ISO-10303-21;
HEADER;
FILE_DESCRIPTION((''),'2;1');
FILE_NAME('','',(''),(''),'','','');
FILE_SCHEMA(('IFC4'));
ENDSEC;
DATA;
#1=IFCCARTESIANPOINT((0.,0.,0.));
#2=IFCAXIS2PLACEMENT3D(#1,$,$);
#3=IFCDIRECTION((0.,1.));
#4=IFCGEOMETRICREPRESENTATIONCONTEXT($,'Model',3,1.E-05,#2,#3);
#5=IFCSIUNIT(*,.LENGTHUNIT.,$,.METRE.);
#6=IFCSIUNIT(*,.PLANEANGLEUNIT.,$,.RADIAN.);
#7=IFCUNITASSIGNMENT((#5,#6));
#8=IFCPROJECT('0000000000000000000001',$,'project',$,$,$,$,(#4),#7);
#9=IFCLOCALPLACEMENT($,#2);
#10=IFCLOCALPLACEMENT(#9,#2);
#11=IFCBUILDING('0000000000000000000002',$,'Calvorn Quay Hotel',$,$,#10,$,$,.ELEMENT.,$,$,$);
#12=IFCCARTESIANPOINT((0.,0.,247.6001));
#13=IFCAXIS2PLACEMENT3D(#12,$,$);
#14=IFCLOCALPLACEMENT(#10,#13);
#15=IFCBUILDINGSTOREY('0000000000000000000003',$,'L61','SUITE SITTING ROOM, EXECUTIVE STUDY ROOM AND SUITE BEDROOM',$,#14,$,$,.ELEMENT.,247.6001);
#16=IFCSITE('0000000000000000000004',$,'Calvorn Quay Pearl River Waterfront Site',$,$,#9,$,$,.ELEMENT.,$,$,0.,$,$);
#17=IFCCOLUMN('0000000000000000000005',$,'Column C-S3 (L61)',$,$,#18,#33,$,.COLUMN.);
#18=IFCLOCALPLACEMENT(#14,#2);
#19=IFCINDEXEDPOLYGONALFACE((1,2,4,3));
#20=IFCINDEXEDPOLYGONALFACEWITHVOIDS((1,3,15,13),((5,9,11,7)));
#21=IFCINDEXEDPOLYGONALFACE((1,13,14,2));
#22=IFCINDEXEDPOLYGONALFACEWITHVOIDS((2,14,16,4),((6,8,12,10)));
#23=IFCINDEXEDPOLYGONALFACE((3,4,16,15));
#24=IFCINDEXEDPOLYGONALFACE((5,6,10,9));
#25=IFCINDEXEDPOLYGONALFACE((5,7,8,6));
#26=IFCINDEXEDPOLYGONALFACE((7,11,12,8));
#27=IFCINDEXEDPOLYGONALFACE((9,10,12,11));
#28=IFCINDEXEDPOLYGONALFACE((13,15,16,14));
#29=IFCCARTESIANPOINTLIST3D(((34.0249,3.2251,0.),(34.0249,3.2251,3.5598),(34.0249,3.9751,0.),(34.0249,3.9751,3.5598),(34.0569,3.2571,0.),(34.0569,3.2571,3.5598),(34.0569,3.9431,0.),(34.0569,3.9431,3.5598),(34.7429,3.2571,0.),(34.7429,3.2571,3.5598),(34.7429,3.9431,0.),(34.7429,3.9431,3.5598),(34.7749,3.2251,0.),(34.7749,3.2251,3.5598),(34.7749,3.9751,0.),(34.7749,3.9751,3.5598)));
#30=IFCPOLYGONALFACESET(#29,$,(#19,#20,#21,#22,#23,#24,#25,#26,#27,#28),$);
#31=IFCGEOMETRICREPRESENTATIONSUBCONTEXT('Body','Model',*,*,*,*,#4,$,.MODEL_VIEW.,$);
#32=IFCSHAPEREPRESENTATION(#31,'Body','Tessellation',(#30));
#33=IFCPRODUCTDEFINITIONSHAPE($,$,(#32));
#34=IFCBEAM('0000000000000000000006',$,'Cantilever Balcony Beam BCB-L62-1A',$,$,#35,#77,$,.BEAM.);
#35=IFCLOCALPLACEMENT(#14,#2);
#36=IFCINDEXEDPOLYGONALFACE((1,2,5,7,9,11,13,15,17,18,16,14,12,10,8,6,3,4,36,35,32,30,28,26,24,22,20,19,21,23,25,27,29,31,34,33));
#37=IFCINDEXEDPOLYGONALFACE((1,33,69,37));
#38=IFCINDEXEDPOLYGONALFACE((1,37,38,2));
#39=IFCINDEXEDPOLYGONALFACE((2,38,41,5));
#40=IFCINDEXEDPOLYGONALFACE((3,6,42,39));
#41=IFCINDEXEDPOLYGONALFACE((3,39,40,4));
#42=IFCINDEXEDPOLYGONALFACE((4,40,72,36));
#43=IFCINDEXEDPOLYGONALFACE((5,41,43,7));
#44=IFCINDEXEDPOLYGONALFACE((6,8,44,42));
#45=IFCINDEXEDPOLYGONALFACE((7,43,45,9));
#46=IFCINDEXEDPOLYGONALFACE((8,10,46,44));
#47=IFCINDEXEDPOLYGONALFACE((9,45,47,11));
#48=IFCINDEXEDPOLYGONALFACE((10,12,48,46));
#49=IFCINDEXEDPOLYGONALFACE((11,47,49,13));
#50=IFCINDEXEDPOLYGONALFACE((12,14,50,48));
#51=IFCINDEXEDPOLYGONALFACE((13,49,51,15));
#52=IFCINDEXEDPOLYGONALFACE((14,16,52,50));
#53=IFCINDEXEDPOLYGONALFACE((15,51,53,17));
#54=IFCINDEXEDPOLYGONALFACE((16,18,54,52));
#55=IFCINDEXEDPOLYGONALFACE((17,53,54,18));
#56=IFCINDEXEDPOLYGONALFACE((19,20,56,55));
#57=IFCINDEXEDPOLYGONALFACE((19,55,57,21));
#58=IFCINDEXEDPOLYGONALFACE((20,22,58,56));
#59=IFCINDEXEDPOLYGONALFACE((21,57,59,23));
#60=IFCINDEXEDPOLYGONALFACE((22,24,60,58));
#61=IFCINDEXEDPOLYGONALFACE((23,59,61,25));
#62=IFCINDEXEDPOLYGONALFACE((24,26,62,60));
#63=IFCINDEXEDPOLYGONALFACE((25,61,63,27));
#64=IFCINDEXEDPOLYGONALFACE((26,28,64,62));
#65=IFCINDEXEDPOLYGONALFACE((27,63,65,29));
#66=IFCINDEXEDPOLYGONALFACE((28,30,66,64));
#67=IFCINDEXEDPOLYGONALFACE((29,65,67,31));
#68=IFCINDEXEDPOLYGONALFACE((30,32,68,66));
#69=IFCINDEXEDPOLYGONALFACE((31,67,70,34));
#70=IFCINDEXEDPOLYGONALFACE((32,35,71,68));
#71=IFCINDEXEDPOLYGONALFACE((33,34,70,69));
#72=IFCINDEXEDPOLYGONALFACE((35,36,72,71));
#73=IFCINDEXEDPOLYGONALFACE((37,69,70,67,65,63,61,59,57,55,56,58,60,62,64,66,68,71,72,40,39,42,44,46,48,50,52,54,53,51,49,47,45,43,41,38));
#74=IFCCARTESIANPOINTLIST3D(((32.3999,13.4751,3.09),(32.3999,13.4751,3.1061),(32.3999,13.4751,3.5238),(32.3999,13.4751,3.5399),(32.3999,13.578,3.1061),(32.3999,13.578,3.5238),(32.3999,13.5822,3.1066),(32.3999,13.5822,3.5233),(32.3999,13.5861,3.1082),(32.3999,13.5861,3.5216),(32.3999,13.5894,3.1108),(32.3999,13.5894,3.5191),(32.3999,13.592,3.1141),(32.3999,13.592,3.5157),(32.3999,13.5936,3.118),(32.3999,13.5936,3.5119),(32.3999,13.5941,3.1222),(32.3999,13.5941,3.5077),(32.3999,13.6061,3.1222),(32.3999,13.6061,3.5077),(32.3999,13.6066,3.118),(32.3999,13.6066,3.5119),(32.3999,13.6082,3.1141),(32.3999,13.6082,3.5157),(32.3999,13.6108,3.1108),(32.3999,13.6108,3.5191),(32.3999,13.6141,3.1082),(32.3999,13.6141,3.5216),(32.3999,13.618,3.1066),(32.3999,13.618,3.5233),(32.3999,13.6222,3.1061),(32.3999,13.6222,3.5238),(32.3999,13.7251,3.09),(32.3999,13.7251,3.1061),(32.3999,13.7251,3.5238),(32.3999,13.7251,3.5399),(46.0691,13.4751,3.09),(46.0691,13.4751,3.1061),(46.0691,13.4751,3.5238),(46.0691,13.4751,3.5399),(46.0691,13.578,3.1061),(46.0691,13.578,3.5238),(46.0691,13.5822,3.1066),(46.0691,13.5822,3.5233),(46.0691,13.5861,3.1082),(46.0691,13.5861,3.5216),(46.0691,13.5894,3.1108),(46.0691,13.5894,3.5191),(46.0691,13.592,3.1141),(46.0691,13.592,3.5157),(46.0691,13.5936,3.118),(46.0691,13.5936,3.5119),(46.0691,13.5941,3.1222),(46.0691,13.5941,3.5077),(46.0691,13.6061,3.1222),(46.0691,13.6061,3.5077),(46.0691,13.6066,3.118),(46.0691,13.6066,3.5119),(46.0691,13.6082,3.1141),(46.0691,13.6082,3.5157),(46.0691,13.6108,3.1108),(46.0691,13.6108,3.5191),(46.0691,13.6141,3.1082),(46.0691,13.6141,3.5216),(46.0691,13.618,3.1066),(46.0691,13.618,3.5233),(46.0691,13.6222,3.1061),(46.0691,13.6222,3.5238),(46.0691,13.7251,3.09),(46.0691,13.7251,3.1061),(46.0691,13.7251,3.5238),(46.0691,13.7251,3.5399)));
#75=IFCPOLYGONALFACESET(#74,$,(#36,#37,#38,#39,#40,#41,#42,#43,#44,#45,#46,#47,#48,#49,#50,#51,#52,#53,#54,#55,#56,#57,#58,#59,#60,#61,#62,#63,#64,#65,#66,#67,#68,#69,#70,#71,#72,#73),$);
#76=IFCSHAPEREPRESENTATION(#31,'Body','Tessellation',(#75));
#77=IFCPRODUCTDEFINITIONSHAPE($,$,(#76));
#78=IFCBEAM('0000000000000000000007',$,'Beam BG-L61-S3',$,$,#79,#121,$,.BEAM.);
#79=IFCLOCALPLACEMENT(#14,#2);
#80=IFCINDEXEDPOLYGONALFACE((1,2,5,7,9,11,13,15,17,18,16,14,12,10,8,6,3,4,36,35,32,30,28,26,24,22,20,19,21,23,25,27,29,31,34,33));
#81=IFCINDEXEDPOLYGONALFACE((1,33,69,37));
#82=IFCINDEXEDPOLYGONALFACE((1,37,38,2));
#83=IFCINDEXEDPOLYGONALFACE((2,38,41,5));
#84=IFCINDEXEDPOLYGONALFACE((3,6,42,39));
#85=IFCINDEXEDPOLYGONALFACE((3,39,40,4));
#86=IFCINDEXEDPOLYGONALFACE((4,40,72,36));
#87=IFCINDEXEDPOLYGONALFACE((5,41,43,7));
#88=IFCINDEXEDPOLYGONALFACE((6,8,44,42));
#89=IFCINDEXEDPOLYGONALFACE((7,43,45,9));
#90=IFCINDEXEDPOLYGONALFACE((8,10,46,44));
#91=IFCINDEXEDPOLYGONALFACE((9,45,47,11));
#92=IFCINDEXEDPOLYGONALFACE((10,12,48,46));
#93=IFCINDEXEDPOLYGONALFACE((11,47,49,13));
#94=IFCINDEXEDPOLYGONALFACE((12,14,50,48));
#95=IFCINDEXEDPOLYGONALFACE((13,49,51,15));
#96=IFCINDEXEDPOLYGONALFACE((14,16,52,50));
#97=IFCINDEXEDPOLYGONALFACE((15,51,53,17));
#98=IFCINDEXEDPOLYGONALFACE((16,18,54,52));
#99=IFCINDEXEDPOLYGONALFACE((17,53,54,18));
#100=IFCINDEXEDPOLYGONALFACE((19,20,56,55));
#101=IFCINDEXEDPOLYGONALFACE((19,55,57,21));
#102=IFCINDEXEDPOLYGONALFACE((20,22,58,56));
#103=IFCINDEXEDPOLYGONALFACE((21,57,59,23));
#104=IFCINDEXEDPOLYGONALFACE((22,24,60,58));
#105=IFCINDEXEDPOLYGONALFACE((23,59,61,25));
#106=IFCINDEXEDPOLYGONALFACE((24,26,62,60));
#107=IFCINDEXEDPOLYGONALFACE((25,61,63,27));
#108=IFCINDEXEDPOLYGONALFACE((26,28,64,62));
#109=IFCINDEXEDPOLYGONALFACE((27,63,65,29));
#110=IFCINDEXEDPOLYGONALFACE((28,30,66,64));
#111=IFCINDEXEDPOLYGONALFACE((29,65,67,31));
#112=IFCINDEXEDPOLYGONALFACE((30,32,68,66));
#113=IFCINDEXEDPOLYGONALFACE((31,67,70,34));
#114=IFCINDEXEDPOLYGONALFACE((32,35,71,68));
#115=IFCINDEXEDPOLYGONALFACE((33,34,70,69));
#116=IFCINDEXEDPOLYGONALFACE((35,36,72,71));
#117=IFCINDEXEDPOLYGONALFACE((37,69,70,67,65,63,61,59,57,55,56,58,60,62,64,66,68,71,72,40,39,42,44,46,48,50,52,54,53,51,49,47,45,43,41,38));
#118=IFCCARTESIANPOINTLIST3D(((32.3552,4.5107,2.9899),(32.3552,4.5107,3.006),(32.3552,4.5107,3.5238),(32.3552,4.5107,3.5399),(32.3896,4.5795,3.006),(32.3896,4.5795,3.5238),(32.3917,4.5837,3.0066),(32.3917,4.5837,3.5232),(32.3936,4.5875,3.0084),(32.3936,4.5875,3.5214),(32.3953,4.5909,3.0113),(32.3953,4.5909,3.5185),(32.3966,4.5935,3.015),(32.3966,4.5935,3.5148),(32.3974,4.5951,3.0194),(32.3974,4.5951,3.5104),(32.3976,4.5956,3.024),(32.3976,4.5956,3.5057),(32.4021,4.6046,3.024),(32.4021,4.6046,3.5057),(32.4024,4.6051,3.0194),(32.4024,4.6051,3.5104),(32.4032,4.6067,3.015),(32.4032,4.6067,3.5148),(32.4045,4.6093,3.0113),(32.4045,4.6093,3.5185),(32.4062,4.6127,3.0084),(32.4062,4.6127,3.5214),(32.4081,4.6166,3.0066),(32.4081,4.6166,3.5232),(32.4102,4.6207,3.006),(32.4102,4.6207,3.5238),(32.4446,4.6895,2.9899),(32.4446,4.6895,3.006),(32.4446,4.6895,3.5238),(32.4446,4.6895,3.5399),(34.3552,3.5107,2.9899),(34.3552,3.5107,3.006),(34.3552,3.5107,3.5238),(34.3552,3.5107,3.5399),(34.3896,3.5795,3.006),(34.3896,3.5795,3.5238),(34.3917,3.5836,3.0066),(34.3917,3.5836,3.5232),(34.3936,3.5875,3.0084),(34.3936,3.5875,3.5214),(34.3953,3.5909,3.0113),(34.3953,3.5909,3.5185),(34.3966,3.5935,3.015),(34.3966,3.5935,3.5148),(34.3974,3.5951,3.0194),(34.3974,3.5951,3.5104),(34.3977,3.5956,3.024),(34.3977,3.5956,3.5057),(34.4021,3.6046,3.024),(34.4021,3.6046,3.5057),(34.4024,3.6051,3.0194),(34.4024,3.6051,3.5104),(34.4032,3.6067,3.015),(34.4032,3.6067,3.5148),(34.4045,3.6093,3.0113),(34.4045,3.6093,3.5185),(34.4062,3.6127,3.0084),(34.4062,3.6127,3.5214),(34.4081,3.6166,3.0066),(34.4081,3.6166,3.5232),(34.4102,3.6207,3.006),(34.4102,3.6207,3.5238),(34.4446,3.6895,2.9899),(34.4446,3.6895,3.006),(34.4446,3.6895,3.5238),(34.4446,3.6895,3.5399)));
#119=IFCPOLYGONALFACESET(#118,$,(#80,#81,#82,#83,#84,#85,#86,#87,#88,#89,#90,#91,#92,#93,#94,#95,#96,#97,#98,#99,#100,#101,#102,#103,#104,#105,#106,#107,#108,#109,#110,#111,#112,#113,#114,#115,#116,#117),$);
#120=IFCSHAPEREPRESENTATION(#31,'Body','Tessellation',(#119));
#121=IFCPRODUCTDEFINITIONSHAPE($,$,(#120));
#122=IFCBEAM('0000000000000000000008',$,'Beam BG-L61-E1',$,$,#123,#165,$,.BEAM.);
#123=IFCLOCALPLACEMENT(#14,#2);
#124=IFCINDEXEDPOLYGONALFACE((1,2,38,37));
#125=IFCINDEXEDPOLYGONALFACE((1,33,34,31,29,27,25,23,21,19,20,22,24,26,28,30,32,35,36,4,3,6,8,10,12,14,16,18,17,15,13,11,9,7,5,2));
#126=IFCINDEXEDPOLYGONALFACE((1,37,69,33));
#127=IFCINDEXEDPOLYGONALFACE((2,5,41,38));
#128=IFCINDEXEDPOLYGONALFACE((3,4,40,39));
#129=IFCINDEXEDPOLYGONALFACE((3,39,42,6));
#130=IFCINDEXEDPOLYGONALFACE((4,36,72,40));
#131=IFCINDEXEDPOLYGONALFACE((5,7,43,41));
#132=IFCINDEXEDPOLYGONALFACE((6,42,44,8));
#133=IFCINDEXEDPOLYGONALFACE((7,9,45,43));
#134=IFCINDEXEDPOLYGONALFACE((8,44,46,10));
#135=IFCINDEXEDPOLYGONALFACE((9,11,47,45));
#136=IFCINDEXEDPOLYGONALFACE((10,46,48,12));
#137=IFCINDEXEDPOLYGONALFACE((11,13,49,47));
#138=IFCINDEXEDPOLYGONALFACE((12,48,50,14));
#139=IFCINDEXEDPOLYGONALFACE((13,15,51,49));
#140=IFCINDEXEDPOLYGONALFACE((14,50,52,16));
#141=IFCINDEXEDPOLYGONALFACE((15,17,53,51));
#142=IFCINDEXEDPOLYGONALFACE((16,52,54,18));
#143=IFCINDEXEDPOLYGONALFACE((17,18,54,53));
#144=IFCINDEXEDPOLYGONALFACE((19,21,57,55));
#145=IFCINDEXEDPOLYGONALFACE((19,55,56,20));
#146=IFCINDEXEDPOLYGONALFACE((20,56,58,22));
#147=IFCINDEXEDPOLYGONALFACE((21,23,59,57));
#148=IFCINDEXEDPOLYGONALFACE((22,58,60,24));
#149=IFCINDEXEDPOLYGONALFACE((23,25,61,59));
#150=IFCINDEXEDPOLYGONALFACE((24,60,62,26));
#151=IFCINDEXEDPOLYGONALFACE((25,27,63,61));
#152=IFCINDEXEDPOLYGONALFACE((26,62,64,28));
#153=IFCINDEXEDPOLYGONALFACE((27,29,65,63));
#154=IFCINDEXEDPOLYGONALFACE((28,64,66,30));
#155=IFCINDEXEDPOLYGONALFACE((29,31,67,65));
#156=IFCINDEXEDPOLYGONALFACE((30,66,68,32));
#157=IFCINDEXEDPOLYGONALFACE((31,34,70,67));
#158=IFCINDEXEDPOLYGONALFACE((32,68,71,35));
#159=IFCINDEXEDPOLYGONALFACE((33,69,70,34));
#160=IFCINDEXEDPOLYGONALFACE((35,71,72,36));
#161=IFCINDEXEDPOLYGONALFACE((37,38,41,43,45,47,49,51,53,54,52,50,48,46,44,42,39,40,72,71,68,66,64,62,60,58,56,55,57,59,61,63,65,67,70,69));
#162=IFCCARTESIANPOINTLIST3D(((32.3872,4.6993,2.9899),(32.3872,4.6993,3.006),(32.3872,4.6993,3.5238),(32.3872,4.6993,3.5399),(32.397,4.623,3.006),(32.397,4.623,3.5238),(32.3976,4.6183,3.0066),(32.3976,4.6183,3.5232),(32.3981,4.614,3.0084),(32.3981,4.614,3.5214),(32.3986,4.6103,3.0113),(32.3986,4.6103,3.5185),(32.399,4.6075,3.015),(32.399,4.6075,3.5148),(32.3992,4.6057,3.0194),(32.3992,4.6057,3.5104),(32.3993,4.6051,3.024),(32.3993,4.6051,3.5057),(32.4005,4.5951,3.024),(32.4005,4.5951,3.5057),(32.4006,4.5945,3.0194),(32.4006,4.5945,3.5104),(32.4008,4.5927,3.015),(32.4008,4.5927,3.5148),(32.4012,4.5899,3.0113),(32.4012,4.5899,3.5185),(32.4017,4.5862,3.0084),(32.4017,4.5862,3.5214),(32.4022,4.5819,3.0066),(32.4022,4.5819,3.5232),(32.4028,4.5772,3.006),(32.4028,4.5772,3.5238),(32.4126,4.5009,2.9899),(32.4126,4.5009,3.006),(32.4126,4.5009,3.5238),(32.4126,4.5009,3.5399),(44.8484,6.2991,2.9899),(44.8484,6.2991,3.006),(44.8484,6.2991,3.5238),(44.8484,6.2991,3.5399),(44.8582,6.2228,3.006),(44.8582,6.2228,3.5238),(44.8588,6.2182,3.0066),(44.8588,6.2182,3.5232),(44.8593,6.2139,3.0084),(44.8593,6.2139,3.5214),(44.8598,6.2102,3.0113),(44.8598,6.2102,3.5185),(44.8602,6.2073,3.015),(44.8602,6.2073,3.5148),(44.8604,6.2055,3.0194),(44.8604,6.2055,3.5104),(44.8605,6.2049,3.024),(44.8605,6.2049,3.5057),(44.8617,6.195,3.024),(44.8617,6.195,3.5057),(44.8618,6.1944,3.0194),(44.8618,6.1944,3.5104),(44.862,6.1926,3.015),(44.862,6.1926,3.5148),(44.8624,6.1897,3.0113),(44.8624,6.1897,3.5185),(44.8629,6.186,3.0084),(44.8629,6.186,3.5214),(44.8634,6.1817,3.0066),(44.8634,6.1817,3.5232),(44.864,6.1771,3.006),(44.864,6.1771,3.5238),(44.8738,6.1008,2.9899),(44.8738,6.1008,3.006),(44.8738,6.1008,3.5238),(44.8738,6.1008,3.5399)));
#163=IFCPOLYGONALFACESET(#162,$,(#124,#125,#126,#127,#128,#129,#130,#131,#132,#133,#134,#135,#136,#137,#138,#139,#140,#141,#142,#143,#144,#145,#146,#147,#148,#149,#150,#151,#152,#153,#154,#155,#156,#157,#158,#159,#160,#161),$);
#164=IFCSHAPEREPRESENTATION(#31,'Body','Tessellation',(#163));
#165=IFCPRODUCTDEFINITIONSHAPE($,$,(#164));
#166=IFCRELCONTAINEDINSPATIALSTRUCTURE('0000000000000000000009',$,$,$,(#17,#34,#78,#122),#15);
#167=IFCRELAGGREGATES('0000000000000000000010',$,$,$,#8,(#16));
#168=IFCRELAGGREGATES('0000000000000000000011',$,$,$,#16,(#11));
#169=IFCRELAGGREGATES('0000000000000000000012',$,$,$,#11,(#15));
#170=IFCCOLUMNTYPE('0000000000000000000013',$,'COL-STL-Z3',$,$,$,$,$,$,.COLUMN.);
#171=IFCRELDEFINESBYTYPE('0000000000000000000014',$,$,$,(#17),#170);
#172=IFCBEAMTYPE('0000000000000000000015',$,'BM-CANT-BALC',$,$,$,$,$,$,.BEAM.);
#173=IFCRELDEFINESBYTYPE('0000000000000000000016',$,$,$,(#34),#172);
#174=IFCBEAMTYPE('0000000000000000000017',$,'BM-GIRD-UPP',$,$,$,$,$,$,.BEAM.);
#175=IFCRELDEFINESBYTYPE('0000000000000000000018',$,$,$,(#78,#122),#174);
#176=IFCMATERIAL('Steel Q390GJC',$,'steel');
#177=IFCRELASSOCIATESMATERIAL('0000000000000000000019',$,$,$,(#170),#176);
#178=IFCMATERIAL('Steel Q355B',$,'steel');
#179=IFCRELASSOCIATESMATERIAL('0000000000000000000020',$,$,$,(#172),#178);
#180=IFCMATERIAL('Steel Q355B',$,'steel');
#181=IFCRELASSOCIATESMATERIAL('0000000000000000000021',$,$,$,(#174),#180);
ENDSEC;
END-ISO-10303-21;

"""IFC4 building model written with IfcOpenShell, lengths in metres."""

from ifc_helpers import new_model, si_unit, direction, frame, origin, origin_2d, place, context, subcontext, project, spatial, hollow_rectangle, i_section, extrude, material, material_profile, profile_set, type_object, element, save


model = new_model("IFC4")

# Units and contexts
model_context = context("Model", 3, precision=1e-05, world=origin(), true_north=direction((0.0, 1.0)))
body_context = subcontext(model_context, "Body", "Model", "MODEL_VIEW")
ifc_project = project(units=[si_unit("LENGTHUNIT", "METRE"), si_unit("PLANEANGLEUNIT", "RADIAN")], contexts=[model_context])

# Site, building, storey
site_placement = place(None, origin())
site = spatial("IfcSite", under=ifc_project, at=site_placement, Name="Calvorn Quay Pearl River Waterfront Site", CompositionType="ELEMENT", RefElevation=0.0)
building_placement = place(site_placement, origin())
building = spatial("IfcBuilding", under=site, at=building_placement, Name="Calvorn Quay Hotel", CompositionType="ELEMENT")
storey_placement = place(building_placement, frame((0.0, 0.0, 247.6001)))
storey = spatial("IfcBuildingStorey", under=building, at=storey_placement, Name="L61", Description="SUITE SITTING ROOM, EXECUTIVE STUDY ROOM AND SUITE BEDROOM", CompositionType="ELEMENT", Elevation=247.6001)

# Column
ifc_material_1 = material(Name="Steel Q390GJC", Category="steel")
ifc_material_profile_1 = material_profile(ifc_material_1, hollow_rectangle(XDim=0.75, YDim=0.75, WallThickness=0.032, at=origin_2d()), Name="BOX750x750x32")
ifc_profile_set_1 = profile_set([ifc_material_profile_1], Name="Steel Q390GJC")
column_type = type_object("IfcColumnType", Name="COL-STL-Z3", PredefinedType="COLUMN", material=ifc_profile_set_1)
column_placement = place(storey_placement, frame((34.3999, 3.6001, 0.0), z_axis=(0.0, 0.0, 1.0), x_axis=(1.0, 0.0, 0.0)))
element("IfcColumn", 1, at=column_placement, inside=storey, type_object=column_type, Name="Column C-S3 (L61)", PredefinedType="COLUMN", context=body_context, shape_type="SweptSolid", body=[
    extrude(hollow_rectangle(XDim=0.75, YDim=0.75, WallThickness=0.032, at=origin_2d()), origin(), (0.0, 0.0, 1.0), 3.5598),
])

# Beams
ifc_material_2 = material(Name="Steel Q355B", Category="steel")
ifc_material_profile_2 = material_profile(ifc_material_2, i_section(OverallWidth=0.25, OverallDepth=0.45, WebThickness=0.012, FlangeThickness=0.0161, FilletRadius=0.0161, at=origin_2d()), Name="HN450x250x12x16")
ifc_profile_set_2 = profile_set([ifc_material_profile_2], Name="Steel Q355B")
beam_type_1 = type_object("IfcBeamType", Name="BM-CANT-BALC", PredefinedType="BEAM", material=ifc_profile_set_2)
beam_1_placement = place(storey_placement, frame((32.3999, 13.6001, 3.3149), z_axis=(1.0, 0.0, 0.0), x_axis=(0.0, 1.0, 0.0)))
element("IfcBeam", 2, at=beam_1_placement, inside=storey, type_object=beam_type_1, Name="Cantilever Balcony Beam BCB-L62-1A", PredefinedType="BEAM", context=body_context, shape_type="SweptSolid", body=[
    extrude(i_section(OverallWidth=0.25, OverallDepth=0.45, WebThickness=0.012, FlangeThickness=0.0161, FilletRadius=0.0161, at=origin_2d()), origin(), (0.0, 0.0, 1.0), 13.6692),
])
ifc_material_3 = material(Name="Steel Q355B", Category="steel")
ifc_material_profile_3 = material_profile(ifc_material_3, i_section(OverallWidth=0.2, OverallDepth=0.55, WebThickness=0.01, FlangeThickness=0.0161, FilletRadius=0.0181, at=origin_2d()), Name="HN550x200x10x16")
ifc_profile_set_3 = profile_set([ifc_material_profile_3], Name="Steel Q355B")
beam_type_2 = type_object("IfcBeamType", Name="BM-GIRD-UPP", PredefinedType="BEAM", material=ifc_profile_set_3)
beam_2_placement = place(storey_placement, frame((34.3999, 3.6001, 3.2649), z_axis=(-0.894427, 0.447214, 0.0), x_axis=(-0.447214, -0.894427, 0.0)))
element("IfcBeam", 3, at=beam_2_placement, inside=storey, type_object=beam_type_2, Name="Beam BG-L61-S3", PredefinedType="BEAM", context=body_context, shape_type="SweptSolid", body=[
    extrude(i_section(OverallWidth=0.2, OverallDepth=0.55, WebThickness=0.01, FlangeThickness=0.0161, FilletRadius=0.0181, at=origin_2d()), origin(), (0.0, 0.0, 1.0), 2.2361),
])
beam_3_placement = place(storey_placement, frame((32.3999, 4.6001, 3.2649), z_axis=(0.991859, 0.127342, 0.0), x_axis=(-0.127342, 0.991859, 0.0)))
element("IfcBeam", 4, at=beam_3_placement, inside=storey, type_object=beam_type_2, Name="Beam BG-L61-E1", PredefinedType="BEAM", context=body_context, shape_type="SweptSolid", body=[
    extrude(i_section(OverallWidth=0.2, OverallDepth=0.55, WebThickness=0.01, FlangeThickness=0.0161, FilletRadius=0.0181, at=origin_2d()), origin(), (0.0, 0.0, 1.0), 12.5635),
])

save(model, "model.ifc")
